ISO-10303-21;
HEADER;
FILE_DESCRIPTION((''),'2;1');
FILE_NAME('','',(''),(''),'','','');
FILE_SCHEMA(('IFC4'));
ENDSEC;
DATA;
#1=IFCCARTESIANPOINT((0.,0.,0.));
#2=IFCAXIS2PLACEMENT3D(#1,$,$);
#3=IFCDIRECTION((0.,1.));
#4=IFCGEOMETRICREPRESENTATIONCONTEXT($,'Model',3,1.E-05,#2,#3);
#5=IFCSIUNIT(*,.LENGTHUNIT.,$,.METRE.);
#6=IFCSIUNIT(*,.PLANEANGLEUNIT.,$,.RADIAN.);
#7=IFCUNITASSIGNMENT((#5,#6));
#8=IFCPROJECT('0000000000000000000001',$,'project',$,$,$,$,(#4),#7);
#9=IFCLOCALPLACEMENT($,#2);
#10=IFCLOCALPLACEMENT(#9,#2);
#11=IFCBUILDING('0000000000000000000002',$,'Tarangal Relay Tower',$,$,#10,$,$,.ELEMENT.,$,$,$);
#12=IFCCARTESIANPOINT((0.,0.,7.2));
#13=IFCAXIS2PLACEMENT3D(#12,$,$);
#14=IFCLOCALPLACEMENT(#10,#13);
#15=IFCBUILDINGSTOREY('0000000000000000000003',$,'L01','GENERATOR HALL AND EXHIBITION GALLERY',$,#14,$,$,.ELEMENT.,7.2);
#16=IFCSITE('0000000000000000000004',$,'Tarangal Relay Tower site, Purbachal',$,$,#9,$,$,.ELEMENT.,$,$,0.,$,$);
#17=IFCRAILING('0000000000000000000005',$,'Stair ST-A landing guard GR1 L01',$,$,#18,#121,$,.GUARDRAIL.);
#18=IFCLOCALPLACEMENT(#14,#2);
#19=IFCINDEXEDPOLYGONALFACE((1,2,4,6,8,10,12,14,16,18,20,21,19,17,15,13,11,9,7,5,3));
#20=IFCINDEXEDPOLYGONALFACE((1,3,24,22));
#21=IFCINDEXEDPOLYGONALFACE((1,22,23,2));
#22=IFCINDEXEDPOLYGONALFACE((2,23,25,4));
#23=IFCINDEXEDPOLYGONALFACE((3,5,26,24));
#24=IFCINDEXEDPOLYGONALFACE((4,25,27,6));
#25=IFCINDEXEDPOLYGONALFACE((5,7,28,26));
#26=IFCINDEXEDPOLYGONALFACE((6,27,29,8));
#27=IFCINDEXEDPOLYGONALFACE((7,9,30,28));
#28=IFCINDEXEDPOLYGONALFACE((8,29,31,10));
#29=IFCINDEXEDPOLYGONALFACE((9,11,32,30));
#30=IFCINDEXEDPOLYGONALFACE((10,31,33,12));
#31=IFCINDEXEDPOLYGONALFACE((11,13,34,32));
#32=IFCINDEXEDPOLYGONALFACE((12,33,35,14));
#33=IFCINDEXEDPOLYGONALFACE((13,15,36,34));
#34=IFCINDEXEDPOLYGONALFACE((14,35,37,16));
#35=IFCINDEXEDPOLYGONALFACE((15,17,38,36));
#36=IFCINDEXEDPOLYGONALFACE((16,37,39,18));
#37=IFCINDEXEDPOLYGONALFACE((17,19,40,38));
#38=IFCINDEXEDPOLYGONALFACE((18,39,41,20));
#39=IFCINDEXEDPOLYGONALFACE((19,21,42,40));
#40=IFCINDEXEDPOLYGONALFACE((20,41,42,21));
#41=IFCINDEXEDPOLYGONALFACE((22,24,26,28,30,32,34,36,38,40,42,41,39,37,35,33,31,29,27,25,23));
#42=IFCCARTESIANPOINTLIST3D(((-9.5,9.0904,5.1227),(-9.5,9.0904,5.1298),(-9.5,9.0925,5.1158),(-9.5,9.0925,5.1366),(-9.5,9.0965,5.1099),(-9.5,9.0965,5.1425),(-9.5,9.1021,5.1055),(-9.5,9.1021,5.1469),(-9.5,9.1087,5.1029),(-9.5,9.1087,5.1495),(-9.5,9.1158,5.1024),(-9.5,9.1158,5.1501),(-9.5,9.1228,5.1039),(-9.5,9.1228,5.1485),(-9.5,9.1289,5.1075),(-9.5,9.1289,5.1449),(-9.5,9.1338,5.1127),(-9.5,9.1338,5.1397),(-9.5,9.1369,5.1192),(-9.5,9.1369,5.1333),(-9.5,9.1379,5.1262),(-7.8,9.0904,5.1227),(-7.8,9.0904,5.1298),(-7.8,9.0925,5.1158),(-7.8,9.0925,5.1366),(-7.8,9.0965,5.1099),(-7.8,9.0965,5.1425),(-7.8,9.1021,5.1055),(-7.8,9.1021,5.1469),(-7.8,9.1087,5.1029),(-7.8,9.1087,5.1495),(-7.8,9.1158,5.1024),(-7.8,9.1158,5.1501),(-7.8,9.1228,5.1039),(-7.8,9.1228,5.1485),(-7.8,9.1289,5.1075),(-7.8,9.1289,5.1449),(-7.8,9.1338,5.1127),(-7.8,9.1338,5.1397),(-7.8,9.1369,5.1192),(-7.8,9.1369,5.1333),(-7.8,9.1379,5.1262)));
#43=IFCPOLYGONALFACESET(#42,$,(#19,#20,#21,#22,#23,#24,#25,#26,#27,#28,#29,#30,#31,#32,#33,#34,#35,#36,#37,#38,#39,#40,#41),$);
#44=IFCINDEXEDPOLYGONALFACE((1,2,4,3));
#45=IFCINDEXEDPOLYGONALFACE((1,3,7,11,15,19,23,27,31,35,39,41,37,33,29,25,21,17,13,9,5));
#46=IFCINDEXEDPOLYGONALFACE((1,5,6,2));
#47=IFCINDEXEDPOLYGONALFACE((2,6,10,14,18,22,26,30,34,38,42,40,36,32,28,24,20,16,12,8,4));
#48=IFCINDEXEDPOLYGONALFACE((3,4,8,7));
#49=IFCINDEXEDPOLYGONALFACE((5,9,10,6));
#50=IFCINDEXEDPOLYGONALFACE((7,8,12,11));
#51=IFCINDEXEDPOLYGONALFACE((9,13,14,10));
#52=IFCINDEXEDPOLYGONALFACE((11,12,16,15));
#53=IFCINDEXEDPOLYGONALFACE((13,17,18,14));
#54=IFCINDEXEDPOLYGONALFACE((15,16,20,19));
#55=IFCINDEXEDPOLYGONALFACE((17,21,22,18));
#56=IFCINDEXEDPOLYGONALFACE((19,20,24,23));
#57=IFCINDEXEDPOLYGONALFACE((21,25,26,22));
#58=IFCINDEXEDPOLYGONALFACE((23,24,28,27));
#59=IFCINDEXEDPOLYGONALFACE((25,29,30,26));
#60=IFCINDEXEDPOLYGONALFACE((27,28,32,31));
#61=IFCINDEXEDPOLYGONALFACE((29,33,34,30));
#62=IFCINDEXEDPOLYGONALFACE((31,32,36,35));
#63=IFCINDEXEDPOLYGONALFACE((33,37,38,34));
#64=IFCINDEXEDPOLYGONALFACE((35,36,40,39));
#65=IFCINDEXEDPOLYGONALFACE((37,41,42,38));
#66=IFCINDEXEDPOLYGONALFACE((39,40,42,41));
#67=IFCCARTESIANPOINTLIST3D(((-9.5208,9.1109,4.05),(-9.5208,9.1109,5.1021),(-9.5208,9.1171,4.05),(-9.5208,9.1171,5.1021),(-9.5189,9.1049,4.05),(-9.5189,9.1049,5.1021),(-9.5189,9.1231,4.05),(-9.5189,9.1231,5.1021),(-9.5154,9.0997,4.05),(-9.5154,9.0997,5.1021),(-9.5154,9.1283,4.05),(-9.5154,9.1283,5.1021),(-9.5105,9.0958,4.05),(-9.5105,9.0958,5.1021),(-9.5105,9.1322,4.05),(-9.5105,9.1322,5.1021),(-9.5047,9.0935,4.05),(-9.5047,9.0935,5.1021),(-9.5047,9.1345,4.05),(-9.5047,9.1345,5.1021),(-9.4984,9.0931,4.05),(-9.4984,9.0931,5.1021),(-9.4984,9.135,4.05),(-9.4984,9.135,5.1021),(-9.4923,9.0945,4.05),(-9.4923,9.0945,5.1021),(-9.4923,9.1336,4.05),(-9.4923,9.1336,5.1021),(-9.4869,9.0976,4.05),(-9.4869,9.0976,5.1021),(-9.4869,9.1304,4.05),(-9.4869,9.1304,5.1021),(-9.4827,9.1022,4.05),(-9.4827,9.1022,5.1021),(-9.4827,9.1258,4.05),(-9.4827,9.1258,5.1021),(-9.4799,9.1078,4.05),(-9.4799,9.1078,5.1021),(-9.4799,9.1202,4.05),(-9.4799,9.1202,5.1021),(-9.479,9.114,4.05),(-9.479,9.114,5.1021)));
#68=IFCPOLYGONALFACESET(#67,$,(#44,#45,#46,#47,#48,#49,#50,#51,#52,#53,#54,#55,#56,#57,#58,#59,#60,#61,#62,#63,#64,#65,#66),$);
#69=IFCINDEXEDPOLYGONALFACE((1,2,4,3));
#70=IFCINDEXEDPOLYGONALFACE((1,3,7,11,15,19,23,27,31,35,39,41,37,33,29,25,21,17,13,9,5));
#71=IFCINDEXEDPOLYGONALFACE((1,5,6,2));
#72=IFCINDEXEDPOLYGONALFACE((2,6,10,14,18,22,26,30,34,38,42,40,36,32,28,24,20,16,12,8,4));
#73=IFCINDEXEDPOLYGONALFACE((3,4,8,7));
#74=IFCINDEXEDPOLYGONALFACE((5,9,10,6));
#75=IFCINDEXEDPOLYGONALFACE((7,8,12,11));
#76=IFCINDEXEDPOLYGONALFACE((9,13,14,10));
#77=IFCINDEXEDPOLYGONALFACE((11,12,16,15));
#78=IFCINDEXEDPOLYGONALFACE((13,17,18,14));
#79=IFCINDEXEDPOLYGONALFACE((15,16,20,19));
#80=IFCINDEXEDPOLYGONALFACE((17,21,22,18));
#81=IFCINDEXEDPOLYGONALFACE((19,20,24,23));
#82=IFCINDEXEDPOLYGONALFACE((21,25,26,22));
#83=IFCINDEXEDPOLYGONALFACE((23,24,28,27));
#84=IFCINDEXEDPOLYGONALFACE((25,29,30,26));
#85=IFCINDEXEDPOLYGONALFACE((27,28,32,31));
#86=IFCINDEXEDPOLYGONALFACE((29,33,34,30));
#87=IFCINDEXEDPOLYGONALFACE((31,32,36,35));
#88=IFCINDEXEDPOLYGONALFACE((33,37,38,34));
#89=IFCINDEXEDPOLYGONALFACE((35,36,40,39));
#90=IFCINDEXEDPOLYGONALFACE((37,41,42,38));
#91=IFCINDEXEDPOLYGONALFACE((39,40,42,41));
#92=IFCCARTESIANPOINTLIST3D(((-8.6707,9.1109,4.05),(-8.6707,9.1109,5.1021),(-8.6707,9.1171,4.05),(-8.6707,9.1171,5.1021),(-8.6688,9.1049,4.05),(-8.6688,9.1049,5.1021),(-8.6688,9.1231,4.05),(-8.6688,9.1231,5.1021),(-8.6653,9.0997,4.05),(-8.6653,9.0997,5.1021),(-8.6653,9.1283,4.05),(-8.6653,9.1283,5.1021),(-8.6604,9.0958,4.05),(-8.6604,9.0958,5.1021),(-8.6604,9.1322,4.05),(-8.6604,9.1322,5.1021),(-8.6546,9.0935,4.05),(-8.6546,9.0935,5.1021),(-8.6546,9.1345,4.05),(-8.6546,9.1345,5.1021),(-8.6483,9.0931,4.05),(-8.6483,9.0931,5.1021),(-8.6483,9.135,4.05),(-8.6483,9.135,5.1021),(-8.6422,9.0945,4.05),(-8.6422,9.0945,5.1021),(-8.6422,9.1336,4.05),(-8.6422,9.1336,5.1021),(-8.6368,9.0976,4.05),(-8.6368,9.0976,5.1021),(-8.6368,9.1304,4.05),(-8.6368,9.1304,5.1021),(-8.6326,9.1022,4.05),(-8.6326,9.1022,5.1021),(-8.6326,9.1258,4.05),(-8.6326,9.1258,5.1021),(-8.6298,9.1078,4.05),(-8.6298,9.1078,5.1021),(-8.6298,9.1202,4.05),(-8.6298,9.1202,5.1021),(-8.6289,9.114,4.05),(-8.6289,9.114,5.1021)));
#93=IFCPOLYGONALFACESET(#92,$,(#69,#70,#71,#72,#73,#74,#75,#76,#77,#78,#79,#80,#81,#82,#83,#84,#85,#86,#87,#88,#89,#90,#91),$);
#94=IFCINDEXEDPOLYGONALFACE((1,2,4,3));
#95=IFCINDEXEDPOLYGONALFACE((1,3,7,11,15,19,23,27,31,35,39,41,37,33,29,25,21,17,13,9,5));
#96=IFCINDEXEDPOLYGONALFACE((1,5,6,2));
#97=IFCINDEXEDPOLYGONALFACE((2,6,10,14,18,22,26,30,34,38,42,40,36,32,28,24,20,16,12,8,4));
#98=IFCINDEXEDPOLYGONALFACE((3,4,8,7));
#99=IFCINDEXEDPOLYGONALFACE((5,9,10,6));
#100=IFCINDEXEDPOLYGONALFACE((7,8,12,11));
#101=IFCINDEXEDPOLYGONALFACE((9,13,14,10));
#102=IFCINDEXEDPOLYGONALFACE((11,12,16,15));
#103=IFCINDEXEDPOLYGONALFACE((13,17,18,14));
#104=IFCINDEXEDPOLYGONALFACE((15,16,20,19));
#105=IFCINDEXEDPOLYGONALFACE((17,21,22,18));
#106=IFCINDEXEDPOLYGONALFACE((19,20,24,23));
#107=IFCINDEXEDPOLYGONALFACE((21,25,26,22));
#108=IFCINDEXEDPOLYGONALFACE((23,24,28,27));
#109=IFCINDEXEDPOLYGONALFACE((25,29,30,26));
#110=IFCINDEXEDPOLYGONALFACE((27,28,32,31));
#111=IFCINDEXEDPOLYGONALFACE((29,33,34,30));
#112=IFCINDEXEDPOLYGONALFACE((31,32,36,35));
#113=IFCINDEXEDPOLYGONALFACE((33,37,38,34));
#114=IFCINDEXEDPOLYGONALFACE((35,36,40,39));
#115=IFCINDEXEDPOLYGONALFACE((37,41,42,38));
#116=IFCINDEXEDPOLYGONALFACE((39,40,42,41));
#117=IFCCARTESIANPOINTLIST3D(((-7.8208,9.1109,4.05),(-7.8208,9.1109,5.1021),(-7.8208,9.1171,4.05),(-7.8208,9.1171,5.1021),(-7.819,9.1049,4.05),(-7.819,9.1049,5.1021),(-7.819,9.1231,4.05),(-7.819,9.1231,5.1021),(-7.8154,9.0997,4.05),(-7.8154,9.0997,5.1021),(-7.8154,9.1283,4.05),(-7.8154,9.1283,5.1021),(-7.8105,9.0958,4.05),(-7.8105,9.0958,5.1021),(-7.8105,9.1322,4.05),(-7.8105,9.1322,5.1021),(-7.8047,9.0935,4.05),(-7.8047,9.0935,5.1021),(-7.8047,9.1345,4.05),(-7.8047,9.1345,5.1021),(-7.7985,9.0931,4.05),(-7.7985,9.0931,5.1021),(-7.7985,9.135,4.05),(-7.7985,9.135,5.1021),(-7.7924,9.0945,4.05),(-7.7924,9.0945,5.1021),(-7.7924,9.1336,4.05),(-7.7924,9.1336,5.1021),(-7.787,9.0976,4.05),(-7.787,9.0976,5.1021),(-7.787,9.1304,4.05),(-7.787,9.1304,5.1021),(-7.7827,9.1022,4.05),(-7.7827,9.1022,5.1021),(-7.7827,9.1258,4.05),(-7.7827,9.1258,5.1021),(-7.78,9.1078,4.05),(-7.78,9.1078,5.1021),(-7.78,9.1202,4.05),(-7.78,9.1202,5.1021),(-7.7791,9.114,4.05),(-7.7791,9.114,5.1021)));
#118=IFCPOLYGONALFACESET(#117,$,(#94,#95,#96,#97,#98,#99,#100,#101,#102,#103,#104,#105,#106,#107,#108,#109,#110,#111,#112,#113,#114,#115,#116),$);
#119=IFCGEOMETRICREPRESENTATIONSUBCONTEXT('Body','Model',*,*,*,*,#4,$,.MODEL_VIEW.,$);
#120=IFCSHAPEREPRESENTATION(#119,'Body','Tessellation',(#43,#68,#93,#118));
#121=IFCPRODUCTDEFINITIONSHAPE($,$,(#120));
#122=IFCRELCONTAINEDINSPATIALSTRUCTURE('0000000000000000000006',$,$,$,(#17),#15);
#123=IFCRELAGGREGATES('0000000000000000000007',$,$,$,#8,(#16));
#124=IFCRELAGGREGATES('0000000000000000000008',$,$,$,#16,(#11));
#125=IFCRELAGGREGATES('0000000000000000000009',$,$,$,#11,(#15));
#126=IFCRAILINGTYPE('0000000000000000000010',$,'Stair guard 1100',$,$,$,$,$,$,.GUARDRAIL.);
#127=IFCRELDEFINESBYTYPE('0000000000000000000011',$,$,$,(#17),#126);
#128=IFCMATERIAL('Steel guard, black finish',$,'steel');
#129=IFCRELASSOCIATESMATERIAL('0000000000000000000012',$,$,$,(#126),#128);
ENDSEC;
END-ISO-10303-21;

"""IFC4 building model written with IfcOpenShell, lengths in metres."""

from ifc_helpers import new_model, si_unit, direction, frame, origin, origin_2d, place, context, subcontext, project, spatial, circle, extrude, material, type_object, element, save


model = new_model("IFC4")

# Units and contexts
model_context = context("Model", 3, precision=1e-05, world=origin(), true_north=direction((0.0, 1.0)))
body_context = subcontext(model_context, "Body", "Model", "MODEL_VIEW")
ifc_project = project(units=[si_unit("LENGTHUNIT", "METRE"), si_unit("PLANEANGLEUNIT", "RADIAN")], contexts=[model_context])

# Site, building, storey
site_placement = place(None, origin())
site = spatial("IfcSite", under=ifc_project, at=site_placement, Name="Tarangal Relay Tower site, Purbachal", CompositionType="ELEMENT", RefElevation=0.0)
building_placement = place(site_placement, origin())
building = spatial("IfcBuilding", under=site, at=building_placement, Name="Tarangal Relay Tower", CompositionType="ELEMENT")
storey_placement = place(building_placement, frame((0.0, 0.0, 7.2)))
storey = spatial("IfcBuildingStorey", under=building, at=storey_placement, Name="L01", Description="GENERATOR HALL AND EXHIBITION GALLERY", CompositionType="ELEMENT", Elevation=7.2)

# Railing
ifc_material_1 = material(Name="Steel guard, black finish", Category="steel")
railing_type_1 = type_object("IfcRailingType", Name="Stair guard 1100", PredefinedType="GUARDRAIL", material=ifc_material_1)
for number, where, name in (
    (1, (-9.5, 9.114, 4.05), "Stair ST-A landing guard GR1 L01"),
):
    element("IfcRailing", number, at=place(storey_placement, frame(where)), inside=storey, type_object=railing_type_1, Name=name, PredefinedType="GUARDRAIL", context=body_context, shape_type="SweptSolid", body=[
        extrude(circle(Radius=0.0239, at=origin_2d()), frame((0.0, 0.0, 1.0762), z_axis=(1.0, 0.0, 0.0), x_axis=(0.0, 1.0, 0.0)), (0.0, 0.0, 1.0), 1.7),
        extrude(circle(Radius=0.021, at=origin_2d()), origin(), (0.0, 0.0, 1.0), 1.052),
        extrude(circle(Radius=0.021, at=origin_2d()), frame((0.8501, 0.0, 0.0)), (0.0, 0.0, 1.0), 1.052),
        extrude(circle(Radius=0.021, at=origin_2d()), frame((1.7, 0.0, 0.0)), (0.0, 0.0, 1.0), 1.052),
    ])

save(model, "model.ifc")
